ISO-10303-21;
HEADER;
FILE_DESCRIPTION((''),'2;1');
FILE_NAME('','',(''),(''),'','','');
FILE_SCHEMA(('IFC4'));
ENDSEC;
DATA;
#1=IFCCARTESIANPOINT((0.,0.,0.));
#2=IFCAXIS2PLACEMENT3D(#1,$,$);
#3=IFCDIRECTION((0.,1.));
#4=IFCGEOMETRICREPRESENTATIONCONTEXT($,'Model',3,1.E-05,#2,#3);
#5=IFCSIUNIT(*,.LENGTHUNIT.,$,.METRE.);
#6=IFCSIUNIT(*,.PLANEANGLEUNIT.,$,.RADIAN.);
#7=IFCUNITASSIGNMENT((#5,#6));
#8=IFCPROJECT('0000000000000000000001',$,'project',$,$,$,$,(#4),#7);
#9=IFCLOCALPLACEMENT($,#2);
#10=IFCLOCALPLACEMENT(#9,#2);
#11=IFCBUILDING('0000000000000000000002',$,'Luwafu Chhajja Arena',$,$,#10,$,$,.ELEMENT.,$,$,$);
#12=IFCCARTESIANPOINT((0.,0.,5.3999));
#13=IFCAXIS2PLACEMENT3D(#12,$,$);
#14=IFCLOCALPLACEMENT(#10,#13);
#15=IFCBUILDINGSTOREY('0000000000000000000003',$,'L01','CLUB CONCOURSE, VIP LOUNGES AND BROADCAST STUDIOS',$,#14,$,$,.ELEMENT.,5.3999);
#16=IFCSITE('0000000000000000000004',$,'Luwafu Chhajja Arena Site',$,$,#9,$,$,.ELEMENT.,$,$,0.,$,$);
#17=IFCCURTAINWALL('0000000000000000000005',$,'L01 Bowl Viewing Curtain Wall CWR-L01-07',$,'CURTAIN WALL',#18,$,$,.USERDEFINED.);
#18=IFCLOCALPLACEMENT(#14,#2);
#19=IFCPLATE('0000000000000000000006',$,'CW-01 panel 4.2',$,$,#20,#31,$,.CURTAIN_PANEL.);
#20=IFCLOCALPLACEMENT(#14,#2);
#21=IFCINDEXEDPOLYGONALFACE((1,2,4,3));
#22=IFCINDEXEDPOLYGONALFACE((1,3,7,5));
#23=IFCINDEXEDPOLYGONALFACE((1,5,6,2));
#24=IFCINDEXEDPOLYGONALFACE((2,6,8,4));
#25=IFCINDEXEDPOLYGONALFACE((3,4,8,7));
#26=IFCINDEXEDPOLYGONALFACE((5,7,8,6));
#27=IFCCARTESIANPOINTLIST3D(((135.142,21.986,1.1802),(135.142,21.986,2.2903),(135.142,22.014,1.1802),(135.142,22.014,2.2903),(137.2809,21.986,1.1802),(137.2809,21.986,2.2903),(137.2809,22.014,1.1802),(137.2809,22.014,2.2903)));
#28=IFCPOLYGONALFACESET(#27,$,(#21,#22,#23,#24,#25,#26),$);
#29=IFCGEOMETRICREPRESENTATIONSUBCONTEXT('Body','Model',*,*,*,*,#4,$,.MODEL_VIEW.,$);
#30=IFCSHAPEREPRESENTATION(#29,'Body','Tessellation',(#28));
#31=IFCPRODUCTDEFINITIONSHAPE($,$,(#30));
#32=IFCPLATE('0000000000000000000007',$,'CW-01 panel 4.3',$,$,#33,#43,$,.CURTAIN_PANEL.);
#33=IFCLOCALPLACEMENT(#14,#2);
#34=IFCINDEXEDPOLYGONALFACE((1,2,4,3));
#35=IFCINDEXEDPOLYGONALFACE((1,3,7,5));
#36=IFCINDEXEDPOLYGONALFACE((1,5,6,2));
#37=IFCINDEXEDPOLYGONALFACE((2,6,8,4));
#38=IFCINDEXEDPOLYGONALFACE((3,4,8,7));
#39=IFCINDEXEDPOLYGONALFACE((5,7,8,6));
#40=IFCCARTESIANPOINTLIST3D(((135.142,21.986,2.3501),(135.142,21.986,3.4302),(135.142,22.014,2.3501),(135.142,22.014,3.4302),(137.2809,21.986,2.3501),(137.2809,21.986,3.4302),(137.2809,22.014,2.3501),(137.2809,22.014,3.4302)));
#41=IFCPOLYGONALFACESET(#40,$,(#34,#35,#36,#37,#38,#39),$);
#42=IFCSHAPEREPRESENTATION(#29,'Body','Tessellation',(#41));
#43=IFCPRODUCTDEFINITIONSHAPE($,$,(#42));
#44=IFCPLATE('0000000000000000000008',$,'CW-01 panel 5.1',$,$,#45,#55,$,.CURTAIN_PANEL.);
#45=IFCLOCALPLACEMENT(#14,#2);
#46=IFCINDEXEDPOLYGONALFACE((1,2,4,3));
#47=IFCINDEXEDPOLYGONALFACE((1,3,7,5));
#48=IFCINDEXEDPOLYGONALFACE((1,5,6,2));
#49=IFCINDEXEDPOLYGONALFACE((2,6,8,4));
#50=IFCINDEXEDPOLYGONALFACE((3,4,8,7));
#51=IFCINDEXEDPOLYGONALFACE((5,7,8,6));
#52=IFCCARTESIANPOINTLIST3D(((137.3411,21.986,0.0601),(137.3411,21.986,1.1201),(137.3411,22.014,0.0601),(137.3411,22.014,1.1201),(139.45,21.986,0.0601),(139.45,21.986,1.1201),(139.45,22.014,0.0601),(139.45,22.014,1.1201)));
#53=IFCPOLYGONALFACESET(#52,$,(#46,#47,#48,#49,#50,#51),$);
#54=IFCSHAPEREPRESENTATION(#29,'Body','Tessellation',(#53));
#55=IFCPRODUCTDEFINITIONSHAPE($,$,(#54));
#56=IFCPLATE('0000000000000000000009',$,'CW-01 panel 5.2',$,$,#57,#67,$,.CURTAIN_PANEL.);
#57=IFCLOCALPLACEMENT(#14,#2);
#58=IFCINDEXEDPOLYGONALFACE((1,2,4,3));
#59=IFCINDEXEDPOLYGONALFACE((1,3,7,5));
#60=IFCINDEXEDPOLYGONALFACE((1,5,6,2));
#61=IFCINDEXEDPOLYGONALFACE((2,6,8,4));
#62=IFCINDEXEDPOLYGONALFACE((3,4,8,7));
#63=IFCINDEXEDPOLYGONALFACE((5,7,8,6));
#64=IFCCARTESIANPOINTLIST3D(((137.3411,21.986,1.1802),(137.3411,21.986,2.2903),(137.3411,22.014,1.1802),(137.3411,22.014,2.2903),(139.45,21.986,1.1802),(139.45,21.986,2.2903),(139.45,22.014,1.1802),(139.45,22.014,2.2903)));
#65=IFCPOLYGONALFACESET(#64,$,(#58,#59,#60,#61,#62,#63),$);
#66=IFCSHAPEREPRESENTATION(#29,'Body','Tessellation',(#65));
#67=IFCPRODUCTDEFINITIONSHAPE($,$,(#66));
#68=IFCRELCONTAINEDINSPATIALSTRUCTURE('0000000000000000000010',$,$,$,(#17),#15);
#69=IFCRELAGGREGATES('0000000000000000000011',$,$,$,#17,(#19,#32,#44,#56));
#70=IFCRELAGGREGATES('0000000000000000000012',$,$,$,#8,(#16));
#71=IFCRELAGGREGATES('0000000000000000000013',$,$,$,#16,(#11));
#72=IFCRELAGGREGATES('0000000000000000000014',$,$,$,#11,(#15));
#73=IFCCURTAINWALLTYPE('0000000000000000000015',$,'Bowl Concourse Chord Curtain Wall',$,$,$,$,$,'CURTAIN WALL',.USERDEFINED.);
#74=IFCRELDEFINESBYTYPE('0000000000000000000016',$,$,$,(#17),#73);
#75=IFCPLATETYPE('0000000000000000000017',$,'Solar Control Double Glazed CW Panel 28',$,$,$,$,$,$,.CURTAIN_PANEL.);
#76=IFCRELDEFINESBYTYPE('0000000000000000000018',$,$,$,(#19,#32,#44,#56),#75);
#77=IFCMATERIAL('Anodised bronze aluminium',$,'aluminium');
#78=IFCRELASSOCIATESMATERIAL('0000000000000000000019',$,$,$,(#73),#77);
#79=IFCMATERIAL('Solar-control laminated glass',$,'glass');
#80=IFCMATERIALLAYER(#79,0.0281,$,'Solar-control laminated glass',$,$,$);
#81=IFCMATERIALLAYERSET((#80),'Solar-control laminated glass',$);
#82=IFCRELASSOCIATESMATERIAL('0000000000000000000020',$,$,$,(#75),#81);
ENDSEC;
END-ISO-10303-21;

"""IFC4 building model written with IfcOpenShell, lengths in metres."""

from ifc_helpers import new_model, si_unit, direction, frame, origin, origin_2d, place, context, subcontext, project, spatial, rectangle, extrude, material, layer, layer_set, type_object, element, aggregate, save


model = new_model("IFC4")

# Units and contexts
model_context = context("Model", 3, precision=1e-05, world=origin(), true_north=direction((0.0, 1.0)))
body_context = subcontext(model_context, "Body", "Model", "MODEL_VIEW")
ifc_project = project(units=[si_unit("LENGTHUNIT", "METRE"), si_unit("PLANEANGLEUNIT", "RADIAN")], contexts=[model_context])

# Site, building, storey
site_placement = place(None, origin())
site = spatial("IfcSite", under=ifc_project, at=site_placement, Name="Luwafu Chhajja Arena Site", CompositionType="ELEMENT", RefElevation=0.0)
building_placement = place(site_placement, origin())
building = spatial("IfcBuilding", under=site, at=building_placement, Name="Luwafu Chhajja Arena", CompositionType="ELEMENT")
storey_placement = place(building_placement, frame((0.0, 0.0, 5.3999)))
storey = spatial("IfcBuildingStorey", under=building, at=storey_placement, Name="L01", Description="CLUB CONCOURSE, VIP LOUNGES AND BROADCAST STUDIOS", CompositionType="ELEMENT", Elevation=5.3999)

# Curtain wall
ifc_material_1 = material(Name="Anodised bronze aluminium", Category="aluminium")
curtain_wall_type = type_object("IfcCurtainWallType", Name="Bowl Concourse Chord Curtain Wall", ElementType="CURTAIN WALL", PredefinedType="USERDEFINED", material=ifc_material_1)
curtain_wall_placement = place(storey_placement, origin())
curtain_wall = element("IfcCurtainWall", 1, at=curtain_wall_placement, inside=storey, type_object=curtain_wall_type, Name="L01 Bowl Viewing Curtain Wall CWR-L01-07", ObjectType="CURTAIN WALL", PredefinedType="USERDEFINED")

# Plates
ifc_material_2 = material(Name="Solar-control laminated glass", Category="glass")
ifc_layer_1 = layer(ifc_material_2, 0.0281, Name="Solar-control laminated glass")
ifc_layer_set_1 = layer_set([ifc_layer_1], Name="Solar-control laminated glass")
plate_type_1 = type_object("IfcPlateType", Name="Solar Control Double Glazed CW Panel 28", PredefinedType="CURTAIN_PANEL", material=ifc_layer_set_1)
plate_1_placement = place(storey_placement, frame((136.2114, 22.0, 1.1802), z_axis=(0.0, 0.0, 1.0), x_axis=(1.0, 0.0, 0.0)))
plate_1 = element("IfcPlate", 2, at=plate_1_placement, type_object=plate_type_1, Name="CW-01 panel 4.2", PredefinedType="CURTAIN_PANEL", context=body_context, shape_type="SweptSolid", body=[
    extrude(rectangle(XDim=2.1389, YDim=0.0281, at=origin_2d()), origin(), (0.0, 0.0, 1.0), 1.1101),
])
plate_2_placement = place(storey_placement, frame((136.2114, 22.0, 2.3501), z_axis=(0.0, 0.0, 1.0), x_axis=(1.0, 0.0, 0.0)))
plate_2 = element("IfcPlate", 3, at=plate_2_placement, type_object=plate_type_1, Name="CW-01 panel 4.3", PredefinedType="CURTAIN_PANEL", context=body_context, shape_type="SweptSolid", body=[
    extrude(rectangle(XDim=2.1389, YDim=0.0281, at=origin_2d()), origin(), (0.0, 0.0, 1.0), 1.0801),
])
plate_3_placement = place(storey_placement, frame((138.3955, 22.0, 0.0601), z_axis=(0.0, 0.0, 1.0), x_axis=(1.0, 0.0, 0.0)))
plate_3 = element("IfcPlate", 4, at=plate_3_placement, type_object=plate_type_1, Name="CW-01 panel 5.1", PredefinedType="CURTAIN_PANEL", context=body_context, shape_type="SweptSolid", body=[
    extrude(rectangle(XDim=2.1089, YDim=0.0281, at=origin_2d()), origin(), (0.0, 0.0, 1.0), 1.0601),
])
plate_4_placement = place(storey_placement, frame((138.3955, 22.0, 1.1802), z_axis=(0.0, 0.0, 1.0), x_axis=(1.0, 0.0, 0.0)))
plate_4 = element("IfcPlate", 5, at=plate_4_placement, type_object=plate_type_1, Name="CW-01 panel 5.2", PredefinedType="CURTAIN_PANEL", context=body_context, shape_type="SweptSolid", body=[
    extrude(rectangle(XDim=2.1089, YDim=0.0281, at=origin_2d()), origin(), (0.0, 0.0, 1.0), 1.1101),
])
aggregate(curtain_wall, [plate_1, plate_2, plate_3, plate_4])

save(model, "model.ifc")
